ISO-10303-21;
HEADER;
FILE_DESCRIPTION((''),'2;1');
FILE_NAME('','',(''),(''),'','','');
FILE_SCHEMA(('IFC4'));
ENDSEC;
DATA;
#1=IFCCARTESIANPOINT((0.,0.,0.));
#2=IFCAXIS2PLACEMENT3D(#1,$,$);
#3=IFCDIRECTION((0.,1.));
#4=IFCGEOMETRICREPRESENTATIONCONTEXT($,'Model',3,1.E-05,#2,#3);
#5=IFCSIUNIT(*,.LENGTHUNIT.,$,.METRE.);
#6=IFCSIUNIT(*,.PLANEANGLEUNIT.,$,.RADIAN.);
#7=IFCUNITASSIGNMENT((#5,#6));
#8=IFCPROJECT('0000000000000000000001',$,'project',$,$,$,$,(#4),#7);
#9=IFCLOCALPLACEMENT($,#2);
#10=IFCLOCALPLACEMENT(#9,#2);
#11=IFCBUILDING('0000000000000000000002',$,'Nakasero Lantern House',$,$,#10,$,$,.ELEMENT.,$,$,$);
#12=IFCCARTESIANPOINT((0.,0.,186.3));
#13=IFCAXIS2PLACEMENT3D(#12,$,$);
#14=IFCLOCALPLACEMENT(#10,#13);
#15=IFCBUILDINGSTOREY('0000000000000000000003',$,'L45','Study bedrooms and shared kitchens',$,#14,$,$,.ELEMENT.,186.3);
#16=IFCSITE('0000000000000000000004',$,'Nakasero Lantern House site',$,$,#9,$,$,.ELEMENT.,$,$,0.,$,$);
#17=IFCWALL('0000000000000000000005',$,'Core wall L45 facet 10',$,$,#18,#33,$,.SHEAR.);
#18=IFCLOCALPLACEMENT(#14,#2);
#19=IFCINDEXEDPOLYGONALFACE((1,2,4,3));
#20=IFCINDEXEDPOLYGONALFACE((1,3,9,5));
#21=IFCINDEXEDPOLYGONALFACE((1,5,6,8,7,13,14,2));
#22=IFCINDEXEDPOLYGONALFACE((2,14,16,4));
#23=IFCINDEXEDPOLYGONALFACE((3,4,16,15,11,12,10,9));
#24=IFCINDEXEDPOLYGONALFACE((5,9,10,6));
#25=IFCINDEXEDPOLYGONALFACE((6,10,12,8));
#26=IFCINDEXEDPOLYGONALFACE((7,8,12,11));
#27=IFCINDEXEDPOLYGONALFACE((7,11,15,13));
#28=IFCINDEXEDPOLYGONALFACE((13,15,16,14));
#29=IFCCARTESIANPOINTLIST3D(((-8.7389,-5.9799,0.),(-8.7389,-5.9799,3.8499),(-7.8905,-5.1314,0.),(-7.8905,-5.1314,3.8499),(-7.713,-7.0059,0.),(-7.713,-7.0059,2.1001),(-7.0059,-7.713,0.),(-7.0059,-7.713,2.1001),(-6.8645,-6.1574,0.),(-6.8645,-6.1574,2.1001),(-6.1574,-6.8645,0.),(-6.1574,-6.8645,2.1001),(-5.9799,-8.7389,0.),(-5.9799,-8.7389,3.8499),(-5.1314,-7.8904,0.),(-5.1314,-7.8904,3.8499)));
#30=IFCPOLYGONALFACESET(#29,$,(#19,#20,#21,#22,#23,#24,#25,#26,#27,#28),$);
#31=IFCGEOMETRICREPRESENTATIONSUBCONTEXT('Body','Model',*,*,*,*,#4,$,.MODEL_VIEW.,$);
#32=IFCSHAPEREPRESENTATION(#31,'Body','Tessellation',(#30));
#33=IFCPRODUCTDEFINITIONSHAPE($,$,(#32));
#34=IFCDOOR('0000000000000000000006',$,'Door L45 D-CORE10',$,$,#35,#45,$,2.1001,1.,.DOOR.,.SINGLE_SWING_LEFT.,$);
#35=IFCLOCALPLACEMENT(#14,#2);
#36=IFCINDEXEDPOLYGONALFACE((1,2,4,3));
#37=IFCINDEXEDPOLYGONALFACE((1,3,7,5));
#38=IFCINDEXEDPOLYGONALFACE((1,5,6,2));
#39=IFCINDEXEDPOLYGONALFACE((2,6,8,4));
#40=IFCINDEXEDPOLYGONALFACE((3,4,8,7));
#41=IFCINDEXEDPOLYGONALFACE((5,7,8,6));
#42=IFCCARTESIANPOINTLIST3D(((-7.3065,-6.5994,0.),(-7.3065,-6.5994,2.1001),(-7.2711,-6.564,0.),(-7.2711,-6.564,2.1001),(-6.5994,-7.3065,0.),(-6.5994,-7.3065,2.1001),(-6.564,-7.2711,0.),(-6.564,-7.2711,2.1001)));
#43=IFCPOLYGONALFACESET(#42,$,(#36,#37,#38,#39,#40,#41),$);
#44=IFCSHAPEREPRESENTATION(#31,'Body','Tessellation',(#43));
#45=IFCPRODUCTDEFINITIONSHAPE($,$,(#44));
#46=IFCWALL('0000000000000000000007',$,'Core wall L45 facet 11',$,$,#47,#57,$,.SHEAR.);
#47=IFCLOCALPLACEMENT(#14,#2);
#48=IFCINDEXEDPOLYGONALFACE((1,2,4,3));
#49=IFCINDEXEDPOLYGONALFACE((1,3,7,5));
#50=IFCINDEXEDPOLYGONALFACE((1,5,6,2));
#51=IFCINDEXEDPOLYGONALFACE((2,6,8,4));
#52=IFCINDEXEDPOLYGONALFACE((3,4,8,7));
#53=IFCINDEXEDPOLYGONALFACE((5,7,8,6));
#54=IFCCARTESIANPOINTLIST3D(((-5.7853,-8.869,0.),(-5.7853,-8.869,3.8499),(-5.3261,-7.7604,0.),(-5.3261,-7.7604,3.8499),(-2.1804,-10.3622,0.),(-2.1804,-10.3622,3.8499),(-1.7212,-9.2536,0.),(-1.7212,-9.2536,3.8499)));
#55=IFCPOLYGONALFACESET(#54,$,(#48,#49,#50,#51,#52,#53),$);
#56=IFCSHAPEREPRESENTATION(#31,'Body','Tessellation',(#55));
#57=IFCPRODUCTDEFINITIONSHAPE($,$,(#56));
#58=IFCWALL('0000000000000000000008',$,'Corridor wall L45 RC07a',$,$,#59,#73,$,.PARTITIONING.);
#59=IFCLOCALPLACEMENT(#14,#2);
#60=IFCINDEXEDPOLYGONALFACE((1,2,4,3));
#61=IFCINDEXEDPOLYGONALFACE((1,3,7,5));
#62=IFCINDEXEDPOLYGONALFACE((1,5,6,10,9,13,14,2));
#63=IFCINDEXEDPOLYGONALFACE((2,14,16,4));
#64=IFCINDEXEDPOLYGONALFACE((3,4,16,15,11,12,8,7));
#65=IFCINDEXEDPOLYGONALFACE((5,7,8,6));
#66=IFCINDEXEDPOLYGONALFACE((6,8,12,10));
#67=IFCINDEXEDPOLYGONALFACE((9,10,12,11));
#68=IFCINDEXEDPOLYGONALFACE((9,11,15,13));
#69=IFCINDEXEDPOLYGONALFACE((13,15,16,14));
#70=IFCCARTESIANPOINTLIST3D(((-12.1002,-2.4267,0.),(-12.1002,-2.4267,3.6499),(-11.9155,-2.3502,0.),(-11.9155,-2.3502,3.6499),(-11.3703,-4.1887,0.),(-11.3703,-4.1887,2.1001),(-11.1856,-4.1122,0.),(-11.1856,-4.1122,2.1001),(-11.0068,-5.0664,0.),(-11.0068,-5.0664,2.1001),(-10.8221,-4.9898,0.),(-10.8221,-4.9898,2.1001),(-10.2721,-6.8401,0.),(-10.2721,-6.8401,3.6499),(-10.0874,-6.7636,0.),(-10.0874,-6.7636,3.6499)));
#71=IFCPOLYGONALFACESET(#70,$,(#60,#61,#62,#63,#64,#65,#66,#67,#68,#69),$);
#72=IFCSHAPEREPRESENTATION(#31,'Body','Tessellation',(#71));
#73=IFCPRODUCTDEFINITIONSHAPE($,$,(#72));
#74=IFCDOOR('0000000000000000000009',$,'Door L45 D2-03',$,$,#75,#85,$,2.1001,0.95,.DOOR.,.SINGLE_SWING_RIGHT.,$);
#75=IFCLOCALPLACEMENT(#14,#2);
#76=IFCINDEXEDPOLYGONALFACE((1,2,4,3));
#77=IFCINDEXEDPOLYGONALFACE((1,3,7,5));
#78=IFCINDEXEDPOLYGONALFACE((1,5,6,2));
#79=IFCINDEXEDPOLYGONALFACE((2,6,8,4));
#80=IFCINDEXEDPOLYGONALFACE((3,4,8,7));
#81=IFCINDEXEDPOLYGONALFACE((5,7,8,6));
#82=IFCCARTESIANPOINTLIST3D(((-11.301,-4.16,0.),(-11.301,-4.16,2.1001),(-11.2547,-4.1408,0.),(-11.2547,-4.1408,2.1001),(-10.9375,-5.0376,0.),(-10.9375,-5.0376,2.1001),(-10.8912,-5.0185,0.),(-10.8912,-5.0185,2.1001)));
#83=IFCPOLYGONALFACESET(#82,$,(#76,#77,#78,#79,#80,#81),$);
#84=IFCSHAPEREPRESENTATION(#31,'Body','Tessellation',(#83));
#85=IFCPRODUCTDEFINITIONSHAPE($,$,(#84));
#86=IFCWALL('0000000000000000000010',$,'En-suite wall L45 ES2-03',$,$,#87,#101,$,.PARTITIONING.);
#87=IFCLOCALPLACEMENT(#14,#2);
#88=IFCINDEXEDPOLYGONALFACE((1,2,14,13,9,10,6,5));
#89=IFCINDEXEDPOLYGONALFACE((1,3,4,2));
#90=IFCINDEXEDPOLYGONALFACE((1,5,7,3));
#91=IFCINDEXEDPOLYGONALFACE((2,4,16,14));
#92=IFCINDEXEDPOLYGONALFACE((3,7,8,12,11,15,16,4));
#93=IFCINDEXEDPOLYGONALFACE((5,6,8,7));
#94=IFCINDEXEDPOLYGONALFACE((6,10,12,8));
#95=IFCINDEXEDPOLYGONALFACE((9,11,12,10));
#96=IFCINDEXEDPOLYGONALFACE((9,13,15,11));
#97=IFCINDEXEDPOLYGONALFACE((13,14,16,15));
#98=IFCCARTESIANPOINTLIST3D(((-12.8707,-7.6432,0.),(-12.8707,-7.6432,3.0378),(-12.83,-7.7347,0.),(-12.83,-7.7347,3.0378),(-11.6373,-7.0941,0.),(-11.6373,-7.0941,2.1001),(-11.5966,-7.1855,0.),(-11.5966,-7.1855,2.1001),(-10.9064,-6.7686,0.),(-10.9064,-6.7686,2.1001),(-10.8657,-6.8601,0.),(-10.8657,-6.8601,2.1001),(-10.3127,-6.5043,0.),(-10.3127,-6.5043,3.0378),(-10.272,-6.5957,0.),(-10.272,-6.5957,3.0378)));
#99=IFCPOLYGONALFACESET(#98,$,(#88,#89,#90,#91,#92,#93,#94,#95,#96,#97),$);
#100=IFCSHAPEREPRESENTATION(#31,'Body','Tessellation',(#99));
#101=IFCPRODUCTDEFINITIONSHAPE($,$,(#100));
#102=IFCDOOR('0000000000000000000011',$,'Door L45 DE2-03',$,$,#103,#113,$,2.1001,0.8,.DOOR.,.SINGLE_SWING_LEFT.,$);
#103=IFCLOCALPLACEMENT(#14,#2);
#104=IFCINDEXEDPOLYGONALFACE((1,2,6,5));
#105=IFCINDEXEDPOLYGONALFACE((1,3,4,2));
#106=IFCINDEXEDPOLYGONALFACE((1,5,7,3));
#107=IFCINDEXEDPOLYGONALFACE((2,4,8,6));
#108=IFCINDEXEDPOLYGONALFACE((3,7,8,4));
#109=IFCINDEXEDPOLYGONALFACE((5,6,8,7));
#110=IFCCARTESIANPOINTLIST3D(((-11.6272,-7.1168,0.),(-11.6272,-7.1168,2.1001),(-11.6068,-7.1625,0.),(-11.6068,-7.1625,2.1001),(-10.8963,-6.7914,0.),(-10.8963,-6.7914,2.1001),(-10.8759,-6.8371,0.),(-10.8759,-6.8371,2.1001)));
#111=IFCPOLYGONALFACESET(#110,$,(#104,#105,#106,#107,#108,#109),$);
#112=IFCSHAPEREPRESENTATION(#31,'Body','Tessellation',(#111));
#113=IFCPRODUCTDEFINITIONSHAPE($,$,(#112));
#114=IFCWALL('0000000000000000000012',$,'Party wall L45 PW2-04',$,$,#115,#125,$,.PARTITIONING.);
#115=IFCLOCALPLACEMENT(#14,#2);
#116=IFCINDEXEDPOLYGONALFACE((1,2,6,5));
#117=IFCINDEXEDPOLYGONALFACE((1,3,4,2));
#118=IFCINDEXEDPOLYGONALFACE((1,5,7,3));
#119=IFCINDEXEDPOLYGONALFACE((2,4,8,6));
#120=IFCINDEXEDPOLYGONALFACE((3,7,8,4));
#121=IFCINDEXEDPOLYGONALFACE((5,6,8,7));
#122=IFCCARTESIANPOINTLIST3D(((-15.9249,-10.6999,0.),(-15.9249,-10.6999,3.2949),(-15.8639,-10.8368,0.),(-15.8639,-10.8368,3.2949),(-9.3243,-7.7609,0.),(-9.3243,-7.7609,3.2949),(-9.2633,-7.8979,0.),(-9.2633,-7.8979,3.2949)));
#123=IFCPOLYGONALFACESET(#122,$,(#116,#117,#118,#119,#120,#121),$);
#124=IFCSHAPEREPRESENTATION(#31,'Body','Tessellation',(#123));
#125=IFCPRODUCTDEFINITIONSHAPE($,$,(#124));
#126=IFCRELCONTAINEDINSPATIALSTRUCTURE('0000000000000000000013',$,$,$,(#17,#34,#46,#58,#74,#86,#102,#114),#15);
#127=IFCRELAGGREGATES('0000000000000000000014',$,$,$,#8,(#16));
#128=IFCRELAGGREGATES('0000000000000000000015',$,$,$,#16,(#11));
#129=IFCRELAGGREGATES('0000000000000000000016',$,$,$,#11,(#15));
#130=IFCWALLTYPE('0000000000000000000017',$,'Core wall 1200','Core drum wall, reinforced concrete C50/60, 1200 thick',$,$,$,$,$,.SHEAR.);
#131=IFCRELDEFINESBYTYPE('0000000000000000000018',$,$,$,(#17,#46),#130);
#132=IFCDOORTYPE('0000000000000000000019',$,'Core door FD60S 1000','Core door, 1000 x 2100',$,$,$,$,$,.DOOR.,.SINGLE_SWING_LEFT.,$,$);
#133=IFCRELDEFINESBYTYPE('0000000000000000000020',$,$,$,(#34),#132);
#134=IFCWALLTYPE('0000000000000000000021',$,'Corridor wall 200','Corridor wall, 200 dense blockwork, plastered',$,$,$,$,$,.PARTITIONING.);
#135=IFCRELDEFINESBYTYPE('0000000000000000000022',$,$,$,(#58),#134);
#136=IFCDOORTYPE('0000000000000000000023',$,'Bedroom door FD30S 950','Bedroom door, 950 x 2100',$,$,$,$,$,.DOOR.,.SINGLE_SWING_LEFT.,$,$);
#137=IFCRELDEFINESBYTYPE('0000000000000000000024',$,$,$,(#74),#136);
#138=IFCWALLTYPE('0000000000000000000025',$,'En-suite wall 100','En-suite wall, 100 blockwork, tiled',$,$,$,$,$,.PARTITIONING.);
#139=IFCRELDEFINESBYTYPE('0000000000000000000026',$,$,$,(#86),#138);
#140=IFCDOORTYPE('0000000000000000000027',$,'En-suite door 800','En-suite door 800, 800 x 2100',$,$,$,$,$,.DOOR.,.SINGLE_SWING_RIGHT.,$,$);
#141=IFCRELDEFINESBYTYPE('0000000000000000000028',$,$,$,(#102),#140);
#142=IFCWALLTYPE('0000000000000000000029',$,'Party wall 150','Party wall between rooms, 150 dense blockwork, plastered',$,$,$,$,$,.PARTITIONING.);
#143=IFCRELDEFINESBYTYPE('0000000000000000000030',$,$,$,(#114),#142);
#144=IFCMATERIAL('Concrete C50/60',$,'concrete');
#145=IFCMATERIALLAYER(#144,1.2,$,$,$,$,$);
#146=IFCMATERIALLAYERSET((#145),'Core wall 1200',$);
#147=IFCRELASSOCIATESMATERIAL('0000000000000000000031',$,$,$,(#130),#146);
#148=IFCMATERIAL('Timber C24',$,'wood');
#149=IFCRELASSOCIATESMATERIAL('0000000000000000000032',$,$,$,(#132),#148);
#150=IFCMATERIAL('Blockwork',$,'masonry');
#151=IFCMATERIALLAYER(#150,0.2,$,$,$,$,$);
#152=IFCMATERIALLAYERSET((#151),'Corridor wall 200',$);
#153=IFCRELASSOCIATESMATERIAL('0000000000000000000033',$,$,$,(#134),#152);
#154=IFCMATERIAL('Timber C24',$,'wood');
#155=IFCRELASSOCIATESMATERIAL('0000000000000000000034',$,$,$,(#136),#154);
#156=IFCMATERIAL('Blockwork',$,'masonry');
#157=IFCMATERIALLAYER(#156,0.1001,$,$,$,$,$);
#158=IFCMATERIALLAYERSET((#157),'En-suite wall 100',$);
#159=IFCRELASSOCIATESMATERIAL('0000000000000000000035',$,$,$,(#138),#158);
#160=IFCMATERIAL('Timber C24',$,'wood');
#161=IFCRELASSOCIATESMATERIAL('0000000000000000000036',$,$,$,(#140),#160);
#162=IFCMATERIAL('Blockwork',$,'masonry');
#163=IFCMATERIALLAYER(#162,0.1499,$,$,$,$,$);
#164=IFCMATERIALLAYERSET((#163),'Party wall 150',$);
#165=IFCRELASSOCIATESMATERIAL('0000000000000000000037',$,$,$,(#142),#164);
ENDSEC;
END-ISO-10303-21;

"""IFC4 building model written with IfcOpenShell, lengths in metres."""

from ifc_helpers import new_model, si_unit, direction, frame, frame_2d, origin, place, context, subcontext, project, spatial, rectangle, extrude, material, layer, layer_set, type_object, element, fill, save


model = new_model("IFC4")

# Units and contexts
model_context = context("Model", 3, precision=1e-05, world=origin(), true_north=direction((0.0, 1.0)))
body_context = subcontext(model_context, "Body", "Model", "MODEL_VIEW")
ifc_project = project(units=[si_unit("LENGTHUNIT", "METRE"), si_unit("PLANEANGLEUNIT", "RADIAN")], contexts=[model_context])

# Site, building, storey
site_placement = place(None, origin())
site = spatial("IfcSite", under=ifc_project, at=site_placement, Name="Nakasero Lantern House site", CompositionType="ELEMENT", RefElevation=0.0)
building_placement = place(site_placement, origin())
building = spatial("IfcBuilding", under=site, at=building_placement, Name="Nakasero Lantern House", CompositionType="ELEMENT")
storey_placement = place(building_placement, frame((0.0, 0.0, 186.3)))
storey = spatial("IfcBuildingStorey", under=building, at=storey_placement, Name="L45", Description="Study bedrooms and shared kitchens", CompositionType="ELEMENT", Elevation=186.3)

# Shared definitions
ifc_material_1 = material(Name="Concrete C50/60", Category="concrete")
ifc_layer_1 = layer(ifc_material_1, 1.2)
ifc_layer_set_1 = layer_set([ifc_layer_1], Name="Core wall 1200")
wall_type_1 = type_object("IfcWallType", Name="Core wall 1200", Description="Core drum wall, reinforced concrete C50/60, 1200 thick", PredefinedType="SHEAR", material=ifc_layer_set_1)

# Wall, opening, door
wall_1_placement = place(storey_placement, frame((-8.3147, -5.5557, 0.0), z_axis=(0.0, 0.0, 1.0), x_axis=(0.707107, -0.707107, 0.0)))
wall_1 = element("IfcWall", 1, at=wall_1_placement, inside=storey, type_object=wall_type_1, Name="Core wall L45 facet 10", PredefinedType="SHEAR", context=body_context, shape_type="SweptSolid", body=[
    extrude(rectangle(XDim=3.9019, YDim=1.2, at=frame_2d((1.9509, 0.0))), origin(), (0.0, 0.0, 1.0), 3.8499),
])
opening_1_placement = place(wall_1_placement, frame((1.4509, 0.0, 0.0)))
opening_1 = element("IfcOpeningElement", 2, at=opening_1_placement, cuts=wall_1, PredefinedType="OPENING", context=body_context, shape_type="SweptSolid", body=[
    extrude(rectangle(XDim=1.0, YDim=2.1001, at=frame_2d((0.5, 1.05))), frame((0.0, 0.6199, 0.0), z_axis=(0.0, -1.0, 0.0), x_axis=(1.0, 0.0, 0.0)), (0.0, 0.0, 1.0), 1.24),
])
ifc_material_2 = material(Name="Timber C24", Category="wood")
door_type_1 = type_object("IfcDoorType", Name="Core door FD60S 1000", Description="Core door, 1000 x 2100", OperationType="SINGLE_SWING_LEFT", PredefinedType="DOOR", material=ifc_material_2)
door_1_placement = place(opening_1_placement, origin())
door_1 = element("IfcDoor", 3, at=door_1_placement, inside=storey, type_object=door_type_1, Name="Door L45 D-CORE10", OperationType="SINGLE_SWING_LEFT", OverallHeight=2.1001, OverallWidth=1.0, PredefinedType="DOOR", context=body_context, shape_type="SweptSolid", body=[
    extrude(rectangle(XDim=1.0, YDim=2.1001, at=frame_2d((0.5, 1.05))), frame((0.0, 0.0249, 0.0), z_axis=(0.0, -1.0, 0.0), x_axis=(1.0, 0.0, 0.0)), (0.0, 0.0, 1.0), 0.05),
])
fill(opening_1, door_1)

# Wall
wall_2_placement = place(storey_placement, frame((-5.5557, -8.3147, 0.0), z_axis=(0.0, 0.0, 1.0), x_axis=(0.923877, -0.382691, 0.0)))
element("IfcWall", 4, at=wall_2_placement, inside=storey, type_object=wall_type_1, Name="Core wall L45 facet 11", PredefinedType="SHEAR", context=body_context, shape_type="SweptSolid", body=[
    extrude(rectangle(XDim=3.9019, YDim=1.2, at=frame_2d((1.9509, 0.0))), origin(), (0.0, 0.0, 1.0), 3.8499),
])

# Walls, openings, doors
ifc_material_3 = material(Name="Blockwork", Category="masonry")
ifc_layer_2 = layer(ifc_material_3, 0.2)
ifc_layer_set_2 = layer_set([ifc_layer_2], Name="Corridor wall 200")
wall_type_2 = type_object("IfcWallType", Name="Corridor wall 200", Description="Corridor wall, 200 dense blockwork, plastered", PredefinedType="PARTITIONING", material=ifc_layer_set_2)
wall_3_placement = place(storey_placement, frame((-10.1797, -6.802, 0.0), z_axis=(0.0, 0.0, 1.0), x_axis=(-0.382677, 0.923882, 0.0)))
wall_3 = element("IfcWall", 5, at=wall_3_placement, inside=storey, type_object=wall_type_2, Name="Corridor wall L45 RC07a", PredefinedType="PARTITIONING", context=body_context, shape_type="SweptSolid", body=[
    extrude(rectangle(XDim=4.7771, YDim=0.2, at=frame_2d((2.3887, 0.0))), origin(), (0.0, 0.0, 1.0), 3.6499),
])
opening_2_placement = place(wall_3_placement, frame((1.9199, 0.0, 0.0)))
opening_2 = element("IfcOpeningElement", 6, at=opening_2_placement, cuts=wall_3, PredefinedType="OPENING", context=body_context, shape_type="SweptSolid", body=[
    extrude(rectangle(XDim=0.95, YDim=2.1001, at=frame_2d((0.4751, 1.05))), frame((0.0, 0.1199, 0.0), z_axis=(0.0, -1.0, 0.0), x_axis=(1.0, 0.0, 0.0)), (0.0, 0.0, 1.0), 0.24),
])
ifc_material_4 = material(Name="Timber C24", Category="wood")
door_type_2 = type_object("IfcDoorType", Name="Bedroom door FD30S 950", Description="Bedroom door, 950 x 2100", OperationType="SINGLE_SWING_LEFT", PredefinedType="DOOR", material=ifc_material_4)
door_2_placement = place(opening_2_placement, origin())
door_2 = element("IfcDoor", 7, at=door_2_placement, inside=storey, type_object=door_type_2, Name="Door L45 D2-03", OperationType="SINGLE_SWING_RIGHT", OverallHeight=2.1001, OverallWidth=0.95, PredefinedType="DOOR", context=body_context, shape_type="SweptSolid", body=[
    extrude(rectangle(XDim=0.95, YDim=2.1001, at=frame_2d((0.4751, 1.05))), frame((0.0, 0.0249, 0.0), z_axis=(0.0, -1.0, 0.0), x_axis=(1.0, 0.0, 0.0)), (0.0, 0.0, 1.0), 0.05),
])
fill(opening_2, door_2)
ifc_material_5 = material(Name="Blockwork", Category="masonry")
ifc_layer_3 = layer(ifc_material_5, 0.1001)
ifc_layer_set_3 = layer_set([ifc_layer_3], Name="En-suite wall 100")
wall_type_3 = type_object("IfcWallType", Name="En-suite wall 100", Description="En-suite wall, 100 blockwork, tiled", PredefinedType="PARTITIONING", material=ifc_layer_set_3)
wall_4_placement = place(storey_placement, frame((-10.2925, -6.55, 0.0), z_axis=(0.0, 0.0, 1.0), x_axis=(-0.913534, -0.406761, 0.0)))
wall_4 = element("IfcWall", 8, at=wall_4_placement, inside=storey, type_object=wall_type_3, Name="En-suite wall L45 ES2-03", PredefinedType="PARTITIONING", context=body_context, shape_type="SweptSolid", body=[
    extrude(rectangle(XDim=2.8, YDim=0.1001, at=frame_2d((1.3999, 0.0))), origin(), (0.0, 0.0, 1.0), 3.0378),
])
opening_3_placement = place(wall_4_placement, frame((0.6499, 0.0, 0.0)))
opening_3 = element("IfcOpeningElement", 9, at=opening_3_placement, cuts=wall_4, PredefinedType="OPENING", context=body_context, shape_type="SweptSolid", body=[
    extrude(rectangle(XDim=0.8, YDim=2.1001, at=frame_2d((0.3999, 1.05))), frame((0.0, 0.0701, 0.0), z_axis=(0.0, -1.0, 0.0), x_axis=(1.0, 0.0, 0.0)), (0.0, 0.0, 1.0), 0.1401),
])
ifc_material_6 = material(Name="Timber C24", Category="wood")
door_type_3 = type_object("IfcDoorType", Name="En-suite door 800", Description="En-suite door 800, 800 x 2100", OperationType="SINGLE_SWING_RIGHT", PredefinedType="DOOR", material=ifc_material_6)
door_3_placement = place(opening_3_placement, origin())
door_3 = element("IfcDoor", 10, at=door_3_placement, inside=storey, type_object=door_type_3, Name="Door L45 DE2-03", OperationType="SINGLE_SWING_LEFT", OverallHeight=2.1001, OverallWidth=0.8, PredefinedType="DOOR", context=body_context, shape_type="SweptSolid", body=[
    extrude(rectangle(XDim=0.8, YDim=2.1001, at=frame_2d((0.3999, 1.05))), frame((0.0, 0.0249, 0.0), z_axis=(0.0, -1.0, 0.0), x_axis=(1.0, 0.0, 0.0)), (0.0, 0.0, 1.0), 0.05),
])
fill(opening_3, door_3)

# Wall
ifc_material_7 = material(Name="Blockwork", Category="masonry")
ifc_layer_4 = layer(ifc_material_7, 0.1499)
ifc_layer_set_4 = layer_set([ifc_layer_4], Name="Party wall 150")
wall_type_4 = type_object("IfcWallType", Name="Party wall 150", Description="Party wall between rooms, 150 dense blockwork, plastered", PredefinedType="PARTITIONING", material=ifc_layer_set_4)
wall_5_placement = place(storey_placement, frame((-9.2937, -7.8293, 0.0), z_axis=(0.0, 0.0, 1.0), x_axis=(-0.913535, -0.406759, 0.0)))
element("IfcWall", 11, at=wall_5_placement, inside=storey, type_object=wall_type_4, Name="Party wall L45 PW2-04", PredefinedType="PARTITIONING", context=body_context, shape_type="SweptSolid", body=[
    extrude(rectangle(XDim=7.2253, YDim=0.1499, at=frame_2d((3.6128, 0.0))), origin(), (0.0, 0.0, 1.0), 3.2949),
])

save(model, "model.ifc")
